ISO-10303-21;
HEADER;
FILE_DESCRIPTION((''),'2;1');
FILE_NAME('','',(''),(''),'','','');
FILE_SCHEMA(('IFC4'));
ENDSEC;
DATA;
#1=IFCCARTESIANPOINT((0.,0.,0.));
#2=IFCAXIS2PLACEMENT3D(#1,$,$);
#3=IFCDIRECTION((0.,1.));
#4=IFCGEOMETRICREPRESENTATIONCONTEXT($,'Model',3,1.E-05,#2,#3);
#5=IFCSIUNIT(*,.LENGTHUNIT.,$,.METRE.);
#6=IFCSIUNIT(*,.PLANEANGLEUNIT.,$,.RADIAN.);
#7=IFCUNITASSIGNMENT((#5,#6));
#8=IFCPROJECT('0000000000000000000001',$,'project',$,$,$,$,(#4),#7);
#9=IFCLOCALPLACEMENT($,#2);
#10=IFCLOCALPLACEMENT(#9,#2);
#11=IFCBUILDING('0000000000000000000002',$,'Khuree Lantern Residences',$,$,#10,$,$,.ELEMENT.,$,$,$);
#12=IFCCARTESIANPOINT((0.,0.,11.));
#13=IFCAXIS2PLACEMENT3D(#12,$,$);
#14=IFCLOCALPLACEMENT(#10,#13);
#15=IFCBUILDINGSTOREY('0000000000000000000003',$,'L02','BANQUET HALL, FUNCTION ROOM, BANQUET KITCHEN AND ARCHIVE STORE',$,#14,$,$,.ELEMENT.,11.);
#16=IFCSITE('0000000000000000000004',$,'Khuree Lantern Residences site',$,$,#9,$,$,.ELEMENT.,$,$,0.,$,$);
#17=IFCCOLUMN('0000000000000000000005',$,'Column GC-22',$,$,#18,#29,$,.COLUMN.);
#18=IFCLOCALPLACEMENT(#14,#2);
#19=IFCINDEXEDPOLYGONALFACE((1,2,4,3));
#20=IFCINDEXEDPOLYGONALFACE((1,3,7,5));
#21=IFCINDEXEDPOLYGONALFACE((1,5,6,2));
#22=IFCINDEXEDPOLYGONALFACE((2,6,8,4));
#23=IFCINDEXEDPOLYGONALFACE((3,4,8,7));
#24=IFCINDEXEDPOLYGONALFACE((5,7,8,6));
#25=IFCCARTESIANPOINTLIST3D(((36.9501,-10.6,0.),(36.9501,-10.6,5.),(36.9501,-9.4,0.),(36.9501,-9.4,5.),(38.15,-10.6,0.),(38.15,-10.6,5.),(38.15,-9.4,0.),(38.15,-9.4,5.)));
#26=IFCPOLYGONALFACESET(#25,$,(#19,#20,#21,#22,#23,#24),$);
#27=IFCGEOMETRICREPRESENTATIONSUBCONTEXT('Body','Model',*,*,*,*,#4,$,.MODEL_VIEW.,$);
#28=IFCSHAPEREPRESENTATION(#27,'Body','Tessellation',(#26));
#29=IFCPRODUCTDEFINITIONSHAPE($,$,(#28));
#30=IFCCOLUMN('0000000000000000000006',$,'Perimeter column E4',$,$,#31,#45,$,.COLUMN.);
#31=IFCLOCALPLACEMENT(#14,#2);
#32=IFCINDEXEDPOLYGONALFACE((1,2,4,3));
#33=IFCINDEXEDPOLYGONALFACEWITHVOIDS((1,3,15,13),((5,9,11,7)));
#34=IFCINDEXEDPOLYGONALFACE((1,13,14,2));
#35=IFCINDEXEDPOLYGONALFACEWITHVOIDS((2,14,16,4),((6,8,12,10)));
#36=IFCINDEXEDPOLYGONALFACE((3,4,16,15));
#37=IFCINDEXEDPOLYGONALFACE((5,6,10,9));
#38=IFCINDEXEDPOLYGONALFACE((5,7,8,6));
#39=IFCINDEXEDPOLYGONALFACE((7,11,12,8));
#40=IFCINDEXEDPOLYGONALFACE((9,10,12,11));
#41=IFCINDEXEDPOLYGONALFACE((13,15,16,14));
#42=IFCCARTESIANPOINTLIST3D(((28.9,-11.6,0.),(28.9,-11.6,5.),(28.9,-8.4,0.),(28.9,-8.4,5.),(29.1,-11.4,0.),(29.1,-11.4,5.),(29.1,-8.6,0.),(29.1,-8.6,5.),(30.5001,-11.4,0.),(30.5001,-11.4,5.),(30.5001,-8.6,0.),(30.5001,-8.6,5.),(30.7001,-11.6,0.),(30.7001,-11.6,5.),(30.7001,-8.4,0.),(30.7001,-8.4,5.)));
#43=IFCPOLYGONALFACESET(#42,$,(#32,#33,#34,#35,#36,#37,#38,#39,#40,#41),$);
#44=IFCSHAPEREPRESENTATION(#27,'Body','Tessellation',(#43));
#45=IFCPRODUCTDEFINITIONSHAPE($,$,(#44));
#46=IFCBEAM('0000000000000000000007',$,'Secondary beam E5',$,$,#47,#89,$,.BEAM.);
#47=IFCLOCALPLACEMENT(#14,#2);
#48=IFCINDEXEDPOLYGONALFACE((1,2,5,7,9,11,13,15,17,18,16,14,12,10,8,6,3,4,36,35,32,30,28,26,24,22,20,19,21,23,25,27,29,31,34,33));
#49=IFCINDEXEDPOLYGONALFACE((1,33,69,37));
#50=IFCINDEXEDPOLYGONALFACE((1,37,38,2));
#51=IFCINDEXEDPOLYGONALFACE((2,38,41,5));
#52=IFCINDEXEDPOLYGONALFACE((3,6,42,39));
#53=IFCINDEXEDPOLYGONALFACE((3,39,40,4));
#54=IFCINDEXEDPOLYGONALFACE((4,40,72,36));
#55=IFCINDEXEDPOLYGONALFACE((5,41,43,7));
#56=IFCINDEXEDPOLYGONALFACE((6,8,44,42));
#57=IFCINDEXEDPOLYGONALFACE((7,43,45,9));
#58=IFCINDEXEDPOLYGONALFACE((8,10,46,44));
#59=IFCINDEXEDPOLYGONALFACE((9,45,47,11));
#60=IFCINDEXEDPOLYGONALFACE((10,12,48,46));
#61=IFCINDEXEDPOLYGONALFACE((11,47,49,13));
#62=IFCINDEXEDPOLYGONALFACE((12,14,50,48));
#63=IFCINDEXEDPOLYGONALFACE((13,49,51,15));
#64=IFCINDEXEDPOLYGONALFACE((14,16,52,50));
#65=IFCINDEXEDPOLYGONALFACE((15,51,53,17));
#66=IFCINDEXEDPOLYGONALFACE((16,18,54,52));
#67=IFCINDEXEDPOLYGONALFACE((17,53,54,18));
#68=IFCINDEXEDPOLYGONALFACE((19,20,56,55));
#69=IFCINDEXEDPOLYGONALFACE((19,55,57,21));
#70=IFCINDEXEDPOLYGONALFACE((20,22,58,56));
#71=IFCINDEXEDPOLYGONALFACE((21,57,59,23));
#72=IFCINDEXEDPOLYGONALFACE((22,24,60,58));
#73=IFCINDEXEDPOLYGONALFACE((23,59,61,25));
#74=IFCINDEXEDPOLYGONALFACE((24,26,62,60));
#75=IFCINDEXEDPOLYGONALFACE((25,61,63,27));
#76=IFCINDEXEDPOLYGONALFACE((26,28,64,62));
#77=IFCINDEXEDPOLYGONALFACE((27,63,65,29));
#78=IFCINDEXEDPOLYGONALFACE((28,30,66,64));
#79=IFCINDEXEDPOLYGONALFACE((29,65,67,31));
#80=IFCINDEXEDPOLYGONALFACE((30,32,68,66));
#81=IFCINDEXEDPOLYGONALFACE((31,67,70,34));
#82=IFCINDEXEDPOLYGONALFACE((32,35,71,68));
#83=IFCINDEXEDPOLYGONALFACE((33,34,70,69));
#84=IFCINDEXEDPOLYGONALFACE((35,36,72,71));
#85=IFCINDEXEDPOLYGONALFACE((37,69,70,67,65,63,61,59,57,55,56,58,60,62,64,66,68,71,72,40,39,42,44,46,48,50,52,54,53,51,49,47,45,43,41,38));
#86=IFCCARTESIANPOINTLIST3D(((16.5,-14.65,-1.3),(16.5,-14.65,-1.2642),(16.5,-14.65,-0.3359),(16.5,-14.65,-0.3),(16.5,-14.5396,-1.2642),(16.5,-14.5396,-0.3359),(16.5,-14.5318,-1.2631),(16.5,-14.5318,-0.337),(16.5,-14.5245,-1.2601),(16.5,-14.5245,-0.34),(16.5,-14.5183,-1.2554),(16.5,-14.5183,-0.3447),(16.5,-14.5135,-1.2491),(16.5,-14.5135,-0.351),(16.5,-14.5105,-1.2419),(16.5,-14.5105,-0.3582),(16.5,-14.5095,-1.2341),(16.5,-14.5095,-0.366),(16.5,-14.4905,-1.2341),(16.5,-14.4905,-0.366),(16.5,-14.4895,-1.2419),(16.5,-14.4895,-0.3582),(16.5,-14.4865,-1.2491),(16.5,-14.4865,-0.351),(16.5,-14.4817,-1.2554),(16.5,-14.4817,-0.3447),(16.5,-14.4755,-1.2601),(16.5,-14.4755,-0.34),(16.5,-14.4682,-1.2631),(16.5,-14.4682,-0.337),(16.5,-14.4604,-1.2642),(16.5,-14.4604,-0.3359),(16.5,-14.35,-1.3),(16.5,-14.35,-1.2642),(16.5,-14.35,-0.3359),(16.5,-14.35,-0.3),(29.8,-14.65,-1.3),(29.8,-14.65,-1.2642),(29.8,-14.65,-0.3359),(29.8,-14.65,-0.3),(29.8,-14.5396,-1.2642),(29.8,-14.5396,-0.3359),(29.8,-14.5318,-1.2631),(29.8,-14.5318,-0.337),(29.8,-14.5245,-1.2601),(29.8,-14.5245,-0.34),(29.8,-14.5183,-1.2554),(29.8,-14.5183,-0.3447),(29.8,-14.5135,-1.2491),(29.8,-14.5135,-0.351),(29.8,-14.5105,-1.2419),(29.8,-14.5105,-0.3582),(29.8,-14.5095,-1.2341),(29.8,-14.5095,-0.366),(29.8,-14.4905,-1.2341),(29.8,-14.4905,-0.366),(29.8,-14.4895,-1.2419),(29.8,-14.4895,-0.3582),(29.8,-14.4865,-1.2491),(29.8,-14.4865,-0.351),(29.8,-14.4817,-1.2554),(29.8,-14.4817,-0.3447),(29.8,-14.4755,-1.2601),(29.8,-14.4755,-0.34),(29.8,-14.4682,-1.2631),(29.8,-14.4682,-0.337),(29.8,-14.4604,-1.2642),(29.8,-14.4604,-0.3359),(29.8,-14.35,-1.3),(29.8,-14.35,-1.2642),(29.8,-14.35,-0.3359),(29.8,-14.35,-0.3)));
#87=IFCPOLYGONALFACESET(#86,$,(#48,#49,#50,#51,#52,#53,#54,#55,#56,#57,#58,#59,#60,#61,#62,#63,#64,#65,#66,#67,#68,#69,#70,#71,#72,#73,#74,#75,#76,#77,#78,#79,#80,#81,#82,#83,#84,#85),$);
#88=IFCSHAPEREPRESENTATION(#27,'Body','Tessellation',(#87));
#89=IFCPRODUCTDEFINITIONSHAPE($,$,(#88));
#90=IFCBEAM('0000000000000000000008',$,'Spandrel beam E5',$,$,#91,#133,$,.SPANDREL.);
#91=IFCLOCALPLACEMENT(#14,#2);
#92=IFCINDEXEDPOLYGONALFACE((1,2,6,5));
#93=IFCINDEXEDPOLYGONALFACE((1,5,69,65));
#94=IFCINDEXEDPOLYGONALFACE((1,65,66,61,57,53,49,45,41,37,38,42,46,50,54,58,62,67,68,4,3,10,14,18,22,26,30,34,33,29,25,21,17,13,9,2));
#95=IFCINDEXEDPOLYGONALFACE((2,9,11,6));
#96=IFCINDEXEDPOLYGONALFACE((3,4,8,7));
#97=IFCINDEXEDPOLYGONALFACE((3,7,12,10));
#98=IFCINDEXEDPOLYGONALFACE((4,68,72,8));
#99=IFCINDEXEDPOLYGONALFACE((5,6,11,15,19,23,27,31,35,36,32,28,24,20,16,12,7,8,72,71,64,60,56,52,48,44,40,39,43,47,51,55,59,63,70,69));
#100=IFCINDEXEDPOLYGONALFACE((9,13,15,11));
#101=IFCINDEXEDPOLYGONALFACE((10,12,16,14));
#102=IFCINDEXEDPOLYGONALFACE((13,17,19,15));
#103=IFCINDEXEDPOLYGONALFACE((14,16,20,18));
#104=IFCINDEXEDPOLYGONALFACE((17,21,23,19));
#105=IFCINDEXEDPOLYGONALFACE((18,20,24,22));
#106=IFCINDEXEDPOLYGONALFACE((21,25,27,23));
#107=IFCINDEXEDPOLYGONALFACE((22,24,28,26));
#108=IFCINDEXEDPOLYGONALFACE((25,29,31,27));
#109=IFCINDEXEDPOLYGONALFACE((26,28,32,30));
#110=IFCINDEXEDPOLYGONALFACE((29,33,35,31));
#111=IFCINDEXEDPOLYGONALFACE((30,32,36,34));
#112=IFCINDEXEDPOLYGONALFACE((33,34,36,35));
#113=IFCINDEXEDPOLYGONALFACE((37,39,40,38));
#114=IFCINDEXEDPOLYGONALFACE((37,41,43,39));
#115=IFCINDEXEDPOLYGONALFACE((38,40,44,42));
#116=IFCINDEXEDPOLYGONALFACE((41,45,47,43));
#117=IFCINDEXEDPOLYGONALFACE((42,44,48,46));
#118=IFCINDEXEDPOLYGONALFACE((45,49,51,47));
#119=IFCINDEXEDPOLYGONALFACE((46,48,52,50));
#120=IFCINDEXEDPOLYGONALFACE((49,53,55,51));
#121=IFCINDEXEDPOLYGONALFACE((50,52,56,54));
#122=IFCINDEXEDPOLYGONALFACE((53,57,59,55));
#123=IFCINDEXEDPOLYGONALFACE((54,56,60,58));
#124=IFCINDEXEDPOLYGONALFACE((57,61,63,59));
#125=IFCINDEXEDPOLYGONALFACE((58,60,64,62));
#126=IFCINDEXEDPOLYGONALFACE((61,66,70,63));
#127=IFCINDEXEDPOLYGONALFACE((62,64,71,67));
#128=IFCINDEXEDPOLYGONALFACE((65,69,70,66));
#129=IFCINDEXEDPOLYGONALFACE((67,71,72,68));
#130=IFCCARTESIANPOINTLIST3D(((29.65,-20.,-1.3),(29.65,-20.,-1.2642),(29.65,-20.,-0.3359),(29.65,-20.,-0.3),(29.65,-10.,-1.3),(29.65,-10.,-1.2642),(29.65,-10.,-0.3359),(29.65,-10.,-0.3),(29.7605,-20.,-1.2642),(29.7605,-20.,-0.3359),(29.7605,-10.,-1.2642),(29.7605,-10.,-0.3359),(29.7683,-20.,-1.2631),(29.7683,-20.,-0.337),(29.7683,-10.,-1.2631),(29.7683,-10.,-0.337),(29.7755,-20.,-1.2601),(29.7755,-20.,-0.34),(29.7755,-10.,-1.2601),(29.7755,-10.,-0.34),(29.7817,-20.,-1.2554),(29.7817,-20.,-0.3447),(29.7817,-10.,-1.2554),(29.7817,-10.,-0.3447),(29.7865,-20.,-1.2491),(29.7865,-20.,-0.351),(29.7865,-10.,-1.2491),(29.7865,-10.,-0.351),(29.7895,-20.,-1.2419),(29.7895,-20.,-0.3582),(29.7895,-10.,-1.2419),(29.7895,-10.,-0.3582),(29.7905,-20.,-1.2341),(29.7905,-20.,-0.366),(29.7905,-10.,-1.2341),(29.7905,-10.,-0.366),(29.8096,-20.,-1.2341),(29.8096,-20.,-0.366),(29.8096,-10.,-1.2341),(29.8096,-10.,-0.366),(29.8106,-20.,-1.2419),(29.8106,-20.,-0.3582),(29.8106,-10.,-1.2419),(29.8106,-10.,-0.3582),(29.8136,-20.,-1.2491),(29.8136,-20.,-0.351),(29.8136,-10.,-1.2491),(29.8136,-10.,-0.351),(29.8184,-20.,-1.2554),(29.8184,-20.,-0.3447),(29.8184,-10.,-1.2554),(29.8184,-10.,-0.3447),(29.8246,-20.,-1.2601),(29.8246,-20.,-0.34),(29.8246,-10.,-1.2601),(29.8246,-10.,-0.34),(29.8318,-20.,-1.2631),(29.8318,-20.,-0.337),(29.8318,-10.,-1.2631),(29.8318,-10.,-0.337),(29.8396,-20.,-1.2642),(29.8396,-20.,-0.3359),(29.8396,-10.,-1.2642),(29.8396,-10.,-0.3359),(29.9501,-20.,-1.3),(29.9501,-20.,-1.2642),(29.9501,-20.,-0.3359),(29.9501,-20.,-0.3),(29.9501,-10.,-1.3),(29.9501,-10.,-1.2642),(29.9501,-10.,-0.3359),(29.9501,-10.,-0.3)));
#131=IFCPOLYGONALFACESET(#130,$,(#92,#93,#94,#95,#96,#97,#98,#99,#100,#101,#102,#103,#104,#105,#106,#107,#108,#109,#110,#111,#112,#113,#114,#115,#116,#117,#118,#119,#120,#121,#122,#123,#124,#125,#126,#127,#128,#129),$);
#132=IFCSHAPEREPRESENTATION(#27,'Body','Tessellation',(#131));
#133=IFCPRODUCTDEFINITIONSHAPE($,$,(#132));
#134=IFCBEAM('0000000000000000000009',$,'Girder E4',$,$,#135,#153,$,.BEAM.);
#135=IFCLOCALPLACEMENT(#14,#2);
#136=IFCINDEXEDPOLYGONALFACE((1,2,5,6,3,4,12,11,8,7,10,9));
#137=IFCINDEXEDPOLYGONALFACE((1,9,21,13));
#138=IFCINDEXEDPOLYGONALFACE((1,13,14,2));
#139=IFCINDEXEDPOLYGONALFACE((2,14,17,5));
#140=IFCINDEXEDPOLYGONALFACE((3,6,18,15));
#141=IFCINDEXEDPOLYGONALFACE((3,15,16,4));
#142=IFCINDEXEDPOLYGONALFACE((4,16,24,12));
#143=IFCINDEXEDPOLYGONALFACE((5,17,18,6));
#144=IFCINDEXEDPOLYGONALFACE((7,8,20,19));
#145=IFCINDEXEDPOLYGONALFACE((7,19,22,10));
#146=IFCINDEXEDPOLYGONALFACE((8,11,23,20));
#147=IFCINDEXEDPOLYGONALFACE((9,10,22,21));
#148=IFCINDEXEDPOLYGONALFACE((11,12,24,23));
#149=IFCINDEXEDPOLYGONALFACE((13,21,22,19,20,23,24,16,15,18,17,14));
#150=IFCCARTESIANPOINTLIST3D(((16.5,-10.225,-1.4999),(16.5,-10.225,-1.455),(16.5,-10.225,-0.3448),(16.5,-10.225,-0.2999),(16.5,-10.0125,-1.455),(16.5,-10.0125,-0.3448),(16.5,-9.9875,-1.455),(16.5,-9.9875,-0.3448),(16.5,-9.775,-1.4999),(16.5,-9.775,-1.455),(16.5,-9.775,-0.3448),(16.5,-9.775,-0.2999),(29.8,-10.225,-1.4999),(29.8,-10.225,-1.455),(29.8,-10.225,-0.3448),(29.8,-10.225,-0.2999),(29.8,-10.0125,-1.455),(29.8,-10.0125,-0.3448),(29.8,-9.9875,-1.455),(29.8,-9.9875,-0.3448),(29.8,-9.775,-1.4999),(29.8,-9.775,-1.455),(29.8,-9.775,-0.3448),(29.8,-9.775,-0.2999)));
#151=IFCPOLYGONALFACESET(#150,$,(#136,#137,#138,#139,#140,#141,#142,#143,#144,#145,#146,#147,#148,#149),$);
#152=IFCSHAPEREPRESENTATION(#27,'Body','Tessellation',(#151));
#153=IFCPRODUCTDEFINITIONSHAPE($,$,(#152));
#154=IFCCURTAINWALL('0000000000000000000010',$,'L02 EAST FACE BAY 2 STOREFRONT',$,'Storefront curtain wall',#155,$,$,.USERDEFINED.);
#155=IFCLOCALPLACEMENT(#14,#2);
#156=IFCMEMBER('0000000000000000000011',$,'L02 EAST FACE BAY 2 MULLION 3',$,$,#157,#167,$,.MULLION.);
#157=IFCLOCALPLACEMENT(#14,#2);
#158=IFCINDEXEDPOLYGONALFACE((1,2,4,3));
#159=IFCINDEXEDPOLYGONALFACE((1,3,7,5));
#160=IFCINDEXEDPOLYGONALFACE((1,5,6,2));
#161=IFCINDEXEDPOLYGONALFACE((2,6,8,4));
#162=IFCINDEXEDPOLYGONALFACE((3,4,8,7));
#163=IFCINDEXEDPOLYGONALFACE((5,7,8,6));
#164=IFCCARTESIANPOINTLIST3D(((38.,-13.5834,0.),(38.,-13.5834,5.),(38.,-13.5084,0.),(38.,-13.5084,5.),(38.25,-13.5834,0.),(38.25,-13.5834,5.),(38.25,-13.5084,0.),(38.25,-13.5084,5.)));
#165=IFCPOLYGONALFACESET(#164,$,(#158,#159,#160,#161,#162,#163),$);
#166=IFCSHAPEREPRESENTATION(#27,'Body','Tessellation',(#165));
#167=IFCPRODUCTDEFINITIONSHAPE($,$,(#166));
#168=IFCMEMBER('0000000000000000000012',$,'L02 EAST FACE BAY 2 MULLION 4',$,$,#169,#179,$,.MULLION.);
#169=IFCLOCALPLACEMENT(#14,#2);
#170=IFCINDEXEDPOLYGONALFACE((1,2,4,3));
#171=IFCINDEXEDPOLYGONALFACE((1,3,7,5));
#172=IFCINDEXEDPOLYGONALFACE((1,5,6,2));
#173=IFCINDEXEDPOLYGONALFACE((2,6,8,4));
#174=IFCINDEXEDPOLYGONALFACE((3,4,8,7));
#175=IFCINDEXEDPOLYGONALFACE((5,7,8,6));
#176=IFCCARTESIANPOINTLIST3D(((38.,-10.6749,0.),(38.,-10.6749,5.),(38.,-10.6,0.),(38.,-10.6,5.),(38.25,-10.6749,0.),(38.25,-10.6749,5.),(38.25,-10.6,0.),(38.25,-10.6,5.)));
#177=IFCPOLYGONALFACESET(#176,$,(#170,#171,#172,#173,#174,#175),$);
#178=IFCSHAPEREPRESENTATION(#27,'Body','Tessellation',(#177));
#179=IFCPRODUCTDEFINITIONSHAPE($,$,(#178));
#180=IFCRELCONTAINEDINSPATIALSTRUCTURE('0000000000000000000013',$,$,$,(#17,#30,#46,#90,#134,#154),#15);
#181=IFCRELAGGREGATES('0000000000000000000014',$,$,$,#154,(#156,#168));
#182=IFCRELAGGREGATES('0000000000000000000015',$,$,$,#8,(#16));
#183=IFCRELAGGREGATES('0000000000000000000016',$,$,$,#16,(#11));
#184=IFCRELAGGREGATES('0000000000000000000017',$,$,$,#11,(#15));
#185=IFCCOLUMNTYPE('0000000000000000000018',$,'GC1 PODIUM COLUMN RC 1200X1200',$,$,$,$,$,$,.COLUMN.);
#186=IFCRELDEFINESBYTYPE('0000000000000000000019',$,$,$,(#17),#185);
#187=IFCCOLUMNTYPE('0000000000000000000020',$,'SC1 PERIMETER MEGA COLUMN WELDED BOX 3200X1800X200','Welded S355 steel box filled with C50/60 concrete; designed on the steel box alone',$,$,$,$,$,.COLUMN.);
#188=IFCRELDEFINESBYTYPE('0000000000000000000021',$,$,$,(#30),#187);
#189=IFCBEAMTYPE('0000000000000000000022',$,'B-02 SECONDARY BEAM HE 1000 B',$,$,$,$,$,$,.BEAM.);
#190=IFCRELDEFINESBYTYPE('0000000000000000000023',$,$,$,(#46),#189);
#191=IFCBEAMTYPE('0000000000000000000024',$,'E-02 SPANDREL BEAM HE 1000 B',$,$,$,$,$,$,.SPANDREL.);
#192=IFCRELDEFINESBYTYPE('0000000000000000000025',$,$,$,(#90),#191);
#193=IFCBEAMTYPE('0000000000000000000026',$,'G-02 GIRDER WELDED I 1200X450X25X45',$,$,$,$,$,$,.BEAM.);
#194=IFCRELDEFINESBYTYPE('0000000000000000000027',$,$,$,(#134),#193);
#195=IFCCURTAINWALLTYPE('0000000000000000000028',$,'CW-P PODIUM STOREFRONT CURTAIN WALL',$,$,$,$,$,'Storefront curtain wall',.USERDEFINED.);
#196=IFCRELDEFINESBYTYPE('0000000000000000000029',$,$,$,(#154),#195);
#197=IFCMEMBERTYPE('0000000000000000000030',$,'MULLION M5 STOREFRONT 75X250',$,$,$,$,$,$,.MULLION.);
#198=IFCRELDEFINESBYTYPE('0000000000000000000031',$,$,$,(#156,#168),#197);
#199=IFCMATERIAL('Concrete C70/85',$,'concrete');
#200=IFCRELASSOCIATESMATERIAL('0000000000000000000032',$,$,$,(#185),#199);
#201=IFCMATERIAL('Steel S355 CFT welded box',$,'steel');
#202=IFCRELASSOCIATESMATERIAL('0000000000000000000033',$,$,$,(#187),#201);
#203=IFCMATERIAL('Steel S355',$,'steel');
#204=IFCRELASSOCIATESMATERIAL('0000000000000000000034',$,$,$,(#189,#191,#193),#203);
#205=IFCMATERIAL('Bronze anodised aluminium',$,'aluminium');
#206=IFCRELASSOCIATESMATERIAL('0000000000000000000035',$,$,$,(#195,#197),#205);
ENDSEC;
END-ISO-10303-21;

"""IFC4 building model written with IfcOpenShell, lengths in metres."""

from ifc_helpers import new_model, si_unit, direction, frame, origin, origin_2d, place, context, subcontext, project, spatial, rectangle, hollow_rectangle, i_section, extrude, material, material_profile, profile_set, type_object, element, aggregate, save


model = new_model("IFC4")

# Units and contexts
model_context = context("Model", 3, precision=1e-05, world=origin(), true_north=direction((0.0, 1.0)))
body_context = subcontext(model_context, "Body", "Model", "MODEL_VIEW")
ifc_project = project(units=[si_unit("LENGTHUNIT", "METRE"), si_unit("PLANEANGLEUNIT", "RADIAN")], contexts=[model_context])

# Site, building, storey
site_placement = place(None, origin())
site = spatial("IfcSite", under=ifc_project, at=site_placement, Name="Khuree Lantern Residences site", CompositionType="ELEMENT", RefElevation=0.0)
building_placement = place(site_placement, origin())
building = spatial("IfcBuilding", under=site, at=building_placement, Name="Khuree Lantern Residences", CompositionType="ELEMENT")
storey_placement = place(building_placement, frame((0.0, 0.0, 11.0)))
storey = spatial("IfcBuildingStorey", under=building, at=storey_placement, Name="L02", Description="BANQUET HALL, FUNCTION ROOM, BANQUET KITCHEN AND ARCHIVE STORE", CompositionType="ELEMENT", Elevation=11.0)

# Columns
ifc_material_1 = material(Name="Concrete C70/85", Category="concrete")
ifc_material_profile_1 = material_profile(ifc_material_1, rectangle(XDim=1.2, YDim=1.2, at=origin_2d()), Name="RC 1200X1200")
ifc_profile_set_1 = profile_set([ifc_material_profile_1], Name="Concrete C70/85")
column_type_1 = type_object("IfcColumnType", Name="GC1 PODIUM COLUMN RC 1200X1200", PredefinedType="COLUMN", material=ifc_profile_set_1)
column_1_placement = place(storey_placement, frame((37.55, -10.0, 0.0), z_axis=(0.0, 0.0, 1.0), x_axis=(1.0, 0.0, 0.0)))
element("IfcColumn", 1, at=column_1_placement, inside=storey, type_object=column_type_1, Name="Column GC-22", PredefinedType="COLUMN", context=body_context, shape_type="SweptSolid", body=[
    extrude(rectangle(XDim=1.2, YDim=1.2, at=origin_2d()), origin(), (0.0, 0.0, 1.0), 5.0),
])
ifc_material_2 = material(Name="Steel S355 CFT welded box", Category="steel")
ifc_material_profile_2 = material_profile(ifc_material_2, hollow_rectangle(XDim=3.2, YDim=1.8, WallThickness=0.2, at=origin_2d()), Name="WELDED BOX 3200X1800X200")
ifc_profile_set_2 = profile_set([ifc_material_profile_2], Name="Steel S355 CFT welded box")
column_type_2 = type_object("IfcColumnType", Name="SC1 PERIMETER MEGA COLUMN WELDED BOX 3200X1800X200", Description="Welded S355 steel box filled with C50/60 concrete; designed on the steel box alone", PredefinedType="COLUMN", material=ifc_profile_set_2)
column_2_placement = place(storey_placement, frame((29.8, -10.0, 0.0), z_axis=(0.0, 0.0, 1.0), x_axis=(0.0, 1.0, 0.0)))
element("IfcColumn", 2, at=column_2_placement, inside=storey, type_object=column_type_2, Name="Perimeter column E4", PredefinedType="COLUMN", context=body_context, shape_type="SweptSolid", body=[
    extrude(hollow_rectangle(XDim=3.2, YDim=1.8, WallThickness=0.2, at=origin_2d()), origin(), (0.0, 0.0, 1.0), 5.0),
])

# Beams
ifc_material_3 = material(Name="Steel S355", Category="steel")
ifc_material_profile_3 = material_profile(ifc_material_3, i_section(OverallWidth=0.3, OverallDepth=1.0, WebThickness=0.019, FlangeThickness=0.0359, FilletRadius=0.03, at=origin_2d()), Name="HE 1000 B")
ifc_profile_set_3 = profile_set([ifc_material_profile_3], Name="Steel S355")
beam_type_1 = type_object("IfcBeamType", Name="B-02 SECONDARY BEAM HE 1000 B", PredefinedType="BEAM", material=ifc_profile_set_3)
beam_1_placement = place(storey_placement, frame((29.8, -14.5, -0.8), z_axis=(-1.0, 0.0, 0.0), x_axis=(0.0, -1.0, 0.0)))
element("IfcBeam", 3, at=beam_1_placement, inside=storey, type_object=beam_type_1, Name="Secondary beam E5", PredefinedType="BEAM", context=body_context, shape_type="SweptSolid", body=[
    extrude(i_section(OverallWidth=0.3, OverallDepth=1.0, WebThickness=0.019, FlangeThickness=0.0359, FilletRadius=0.03, at=origin_2d()), origin(), (0.0, 0.0, 1.0), 13.3),
])
ifc_material_profile_4 = material_profile(ifc_material_3, i_section(OverallWidth=0.3, OverallDepth=1.0, WebThickness=0.019, FlangeThickness=0.0359, FilletRadius=0.03, at=origin_2d()), Name="HE 1000 B")
ifc_profile_set_4 = profile_set([ifc_material_profile_4], Name="Steel S355")
beam_type_2 = type_object("IfcBeamType", Name="E-02 SPANDREL BEAM HE 1000 B", PredefinedType="SPANDREL", material=ifc_profile_set_4)
beam_2_placement = place(storey_placement, frame((29.8, -10.0, -0.8), z_axis=(0.0, -1.0, 0.0), x_axis=(1.0, 0.0, 0.0)))
element("IfcBeam", 4, at=beam_2_placement, inside=storey, type_object=beam_type_2, Name="Spandrel beam E5", PredefinedType="SPANDREL", context=body_context, shape_type="SweptSolid", body=[
    extrude(i_section(OverallWidth=0.3, OverallDepth=1.0, WebThickness=0.019, FlangeThickness=0.0359, FilletRadius=0.03, at=origin_2d()), origin(), (0.0, 0.0, 1.0), 10.0),
])
ifc_material_profile_5 = material_profile(ifc_material_3, i_section(OverallWidth=0.45, OverallDepth=1.2, WebThickness=0.0249, FlangeThickness=0.0449, at=origin_2d()), Name="WELDED I 1200X450X25X45")
ifc_profile_set_5 = profile_set([ifc_material_profile_5], Name="Steel S355")
beam_type_3 = type_object("IfcBeamType", Name="G-02 GIRDER WELDED I 1200X450X25X45", PredefinedType="BEAM", material=ifc_profile_set_5)
beam_3_placement = place(storey_placement, frame((29.8, -10.0, -0.8999), z_axis=(-1.0, 0.0, 0.0), x_axis=(0.0, -1.0, 0.0)))
element("IfcBeam", 5, at=beam_3_placement, inside=storey, type_object=beam_type_3, Name="Girder E4", PredefinedType="BEAM", context=body_context, shape_type="SweptSolid", body=[
    extrude(i_section(OverallWidth=0.45, OverallDepth=1.2, WebThickness=0.0249, FlangeThickness=0.0449, at=origin_2d()), origin(), (0.0, 0.0, 1.0), 13.3),
])

# Curtain wall, members
ifc_material_4 = material(Name="Bronze anodised aluminium", Category="aluminium")
curtain_wall_type = type_object("IfcCurtainWallType", Name="CW-P PODIUM STOREFRONT CURTAIN WALL", ElementType="Storefront curtain wall", PredefinedType="USERDEFINED", material=ifc_material_4)
curtain_wall_1_placement = place(storey_placement, origin())
curtain_wall_1 = element("IfcCurtainWall", 6, at=curtain_wall_1_placement, inside=storey, type_object=curtain_wall_type, Name="L02 EAST FACE BAY 2 STOREFRONT", ObjectType="Storefront curtain wall", PredefinedType="USERDEFINED")
ifc_material_profile_6 = material_profile(ifc_material_4, rectangle(XDim=0.075, YDim=0.25, at=origin_2d()), Name="M5 75X250")
ifc_profile_set_6 = profile_set([ifc_material_profile_6], Name="Bronze anodised aluminium")
member_type_1 = type_object("IfcMemberType", Name="MULLION M5 STOREFRONT 75X250", PredefinedType="MULLION", material=ifc_profile_set_6)
member_1_placement = place(storey_placement, frame((38.125, -13.5459, 0.0), z_axis=(0.0, 0.0, 1.0), x_axis=(0.0, 1.0, 0.0)))
member_1 = element("IfcMember", 7, at=member_1_placement, type_object=member_type_1, Name="L02 EAST FACE BAY 2 MULLION 3", PredefinedType="MULLION", context=body_context, shape_type="SweptSolid", body=[
    extrude(rectangle(XDim=0.075, YDim=0.25, at=origin_2d()), origin(), (0.0, 0.0, 1.0), 5.0),
])
member_2_placement = place(storey_placement, frame((38.125, -10.6375, 0.0), z_axis=(0.0, 0.0, 1.0), x_axis=(0.0, 1.0, 0.0)))
member_2 = element("IfcMember", 8, at=member_2_placement, type_object=member_type_1, Name="L02 EAST FACE BAY 2 MULLION 4", PredefinedType="MULLION", context=body_context, shape_type="SweptSolid", body=[
    extrude(rectangle(XDim=0.075, YDim=0.25, at=origin_2d()), origin(), (0.0, 0.0, 1.0), 5.0),
])

aggregate(curtain_wall_1, [member_1, member_2])

save(model, "model.ifc")
